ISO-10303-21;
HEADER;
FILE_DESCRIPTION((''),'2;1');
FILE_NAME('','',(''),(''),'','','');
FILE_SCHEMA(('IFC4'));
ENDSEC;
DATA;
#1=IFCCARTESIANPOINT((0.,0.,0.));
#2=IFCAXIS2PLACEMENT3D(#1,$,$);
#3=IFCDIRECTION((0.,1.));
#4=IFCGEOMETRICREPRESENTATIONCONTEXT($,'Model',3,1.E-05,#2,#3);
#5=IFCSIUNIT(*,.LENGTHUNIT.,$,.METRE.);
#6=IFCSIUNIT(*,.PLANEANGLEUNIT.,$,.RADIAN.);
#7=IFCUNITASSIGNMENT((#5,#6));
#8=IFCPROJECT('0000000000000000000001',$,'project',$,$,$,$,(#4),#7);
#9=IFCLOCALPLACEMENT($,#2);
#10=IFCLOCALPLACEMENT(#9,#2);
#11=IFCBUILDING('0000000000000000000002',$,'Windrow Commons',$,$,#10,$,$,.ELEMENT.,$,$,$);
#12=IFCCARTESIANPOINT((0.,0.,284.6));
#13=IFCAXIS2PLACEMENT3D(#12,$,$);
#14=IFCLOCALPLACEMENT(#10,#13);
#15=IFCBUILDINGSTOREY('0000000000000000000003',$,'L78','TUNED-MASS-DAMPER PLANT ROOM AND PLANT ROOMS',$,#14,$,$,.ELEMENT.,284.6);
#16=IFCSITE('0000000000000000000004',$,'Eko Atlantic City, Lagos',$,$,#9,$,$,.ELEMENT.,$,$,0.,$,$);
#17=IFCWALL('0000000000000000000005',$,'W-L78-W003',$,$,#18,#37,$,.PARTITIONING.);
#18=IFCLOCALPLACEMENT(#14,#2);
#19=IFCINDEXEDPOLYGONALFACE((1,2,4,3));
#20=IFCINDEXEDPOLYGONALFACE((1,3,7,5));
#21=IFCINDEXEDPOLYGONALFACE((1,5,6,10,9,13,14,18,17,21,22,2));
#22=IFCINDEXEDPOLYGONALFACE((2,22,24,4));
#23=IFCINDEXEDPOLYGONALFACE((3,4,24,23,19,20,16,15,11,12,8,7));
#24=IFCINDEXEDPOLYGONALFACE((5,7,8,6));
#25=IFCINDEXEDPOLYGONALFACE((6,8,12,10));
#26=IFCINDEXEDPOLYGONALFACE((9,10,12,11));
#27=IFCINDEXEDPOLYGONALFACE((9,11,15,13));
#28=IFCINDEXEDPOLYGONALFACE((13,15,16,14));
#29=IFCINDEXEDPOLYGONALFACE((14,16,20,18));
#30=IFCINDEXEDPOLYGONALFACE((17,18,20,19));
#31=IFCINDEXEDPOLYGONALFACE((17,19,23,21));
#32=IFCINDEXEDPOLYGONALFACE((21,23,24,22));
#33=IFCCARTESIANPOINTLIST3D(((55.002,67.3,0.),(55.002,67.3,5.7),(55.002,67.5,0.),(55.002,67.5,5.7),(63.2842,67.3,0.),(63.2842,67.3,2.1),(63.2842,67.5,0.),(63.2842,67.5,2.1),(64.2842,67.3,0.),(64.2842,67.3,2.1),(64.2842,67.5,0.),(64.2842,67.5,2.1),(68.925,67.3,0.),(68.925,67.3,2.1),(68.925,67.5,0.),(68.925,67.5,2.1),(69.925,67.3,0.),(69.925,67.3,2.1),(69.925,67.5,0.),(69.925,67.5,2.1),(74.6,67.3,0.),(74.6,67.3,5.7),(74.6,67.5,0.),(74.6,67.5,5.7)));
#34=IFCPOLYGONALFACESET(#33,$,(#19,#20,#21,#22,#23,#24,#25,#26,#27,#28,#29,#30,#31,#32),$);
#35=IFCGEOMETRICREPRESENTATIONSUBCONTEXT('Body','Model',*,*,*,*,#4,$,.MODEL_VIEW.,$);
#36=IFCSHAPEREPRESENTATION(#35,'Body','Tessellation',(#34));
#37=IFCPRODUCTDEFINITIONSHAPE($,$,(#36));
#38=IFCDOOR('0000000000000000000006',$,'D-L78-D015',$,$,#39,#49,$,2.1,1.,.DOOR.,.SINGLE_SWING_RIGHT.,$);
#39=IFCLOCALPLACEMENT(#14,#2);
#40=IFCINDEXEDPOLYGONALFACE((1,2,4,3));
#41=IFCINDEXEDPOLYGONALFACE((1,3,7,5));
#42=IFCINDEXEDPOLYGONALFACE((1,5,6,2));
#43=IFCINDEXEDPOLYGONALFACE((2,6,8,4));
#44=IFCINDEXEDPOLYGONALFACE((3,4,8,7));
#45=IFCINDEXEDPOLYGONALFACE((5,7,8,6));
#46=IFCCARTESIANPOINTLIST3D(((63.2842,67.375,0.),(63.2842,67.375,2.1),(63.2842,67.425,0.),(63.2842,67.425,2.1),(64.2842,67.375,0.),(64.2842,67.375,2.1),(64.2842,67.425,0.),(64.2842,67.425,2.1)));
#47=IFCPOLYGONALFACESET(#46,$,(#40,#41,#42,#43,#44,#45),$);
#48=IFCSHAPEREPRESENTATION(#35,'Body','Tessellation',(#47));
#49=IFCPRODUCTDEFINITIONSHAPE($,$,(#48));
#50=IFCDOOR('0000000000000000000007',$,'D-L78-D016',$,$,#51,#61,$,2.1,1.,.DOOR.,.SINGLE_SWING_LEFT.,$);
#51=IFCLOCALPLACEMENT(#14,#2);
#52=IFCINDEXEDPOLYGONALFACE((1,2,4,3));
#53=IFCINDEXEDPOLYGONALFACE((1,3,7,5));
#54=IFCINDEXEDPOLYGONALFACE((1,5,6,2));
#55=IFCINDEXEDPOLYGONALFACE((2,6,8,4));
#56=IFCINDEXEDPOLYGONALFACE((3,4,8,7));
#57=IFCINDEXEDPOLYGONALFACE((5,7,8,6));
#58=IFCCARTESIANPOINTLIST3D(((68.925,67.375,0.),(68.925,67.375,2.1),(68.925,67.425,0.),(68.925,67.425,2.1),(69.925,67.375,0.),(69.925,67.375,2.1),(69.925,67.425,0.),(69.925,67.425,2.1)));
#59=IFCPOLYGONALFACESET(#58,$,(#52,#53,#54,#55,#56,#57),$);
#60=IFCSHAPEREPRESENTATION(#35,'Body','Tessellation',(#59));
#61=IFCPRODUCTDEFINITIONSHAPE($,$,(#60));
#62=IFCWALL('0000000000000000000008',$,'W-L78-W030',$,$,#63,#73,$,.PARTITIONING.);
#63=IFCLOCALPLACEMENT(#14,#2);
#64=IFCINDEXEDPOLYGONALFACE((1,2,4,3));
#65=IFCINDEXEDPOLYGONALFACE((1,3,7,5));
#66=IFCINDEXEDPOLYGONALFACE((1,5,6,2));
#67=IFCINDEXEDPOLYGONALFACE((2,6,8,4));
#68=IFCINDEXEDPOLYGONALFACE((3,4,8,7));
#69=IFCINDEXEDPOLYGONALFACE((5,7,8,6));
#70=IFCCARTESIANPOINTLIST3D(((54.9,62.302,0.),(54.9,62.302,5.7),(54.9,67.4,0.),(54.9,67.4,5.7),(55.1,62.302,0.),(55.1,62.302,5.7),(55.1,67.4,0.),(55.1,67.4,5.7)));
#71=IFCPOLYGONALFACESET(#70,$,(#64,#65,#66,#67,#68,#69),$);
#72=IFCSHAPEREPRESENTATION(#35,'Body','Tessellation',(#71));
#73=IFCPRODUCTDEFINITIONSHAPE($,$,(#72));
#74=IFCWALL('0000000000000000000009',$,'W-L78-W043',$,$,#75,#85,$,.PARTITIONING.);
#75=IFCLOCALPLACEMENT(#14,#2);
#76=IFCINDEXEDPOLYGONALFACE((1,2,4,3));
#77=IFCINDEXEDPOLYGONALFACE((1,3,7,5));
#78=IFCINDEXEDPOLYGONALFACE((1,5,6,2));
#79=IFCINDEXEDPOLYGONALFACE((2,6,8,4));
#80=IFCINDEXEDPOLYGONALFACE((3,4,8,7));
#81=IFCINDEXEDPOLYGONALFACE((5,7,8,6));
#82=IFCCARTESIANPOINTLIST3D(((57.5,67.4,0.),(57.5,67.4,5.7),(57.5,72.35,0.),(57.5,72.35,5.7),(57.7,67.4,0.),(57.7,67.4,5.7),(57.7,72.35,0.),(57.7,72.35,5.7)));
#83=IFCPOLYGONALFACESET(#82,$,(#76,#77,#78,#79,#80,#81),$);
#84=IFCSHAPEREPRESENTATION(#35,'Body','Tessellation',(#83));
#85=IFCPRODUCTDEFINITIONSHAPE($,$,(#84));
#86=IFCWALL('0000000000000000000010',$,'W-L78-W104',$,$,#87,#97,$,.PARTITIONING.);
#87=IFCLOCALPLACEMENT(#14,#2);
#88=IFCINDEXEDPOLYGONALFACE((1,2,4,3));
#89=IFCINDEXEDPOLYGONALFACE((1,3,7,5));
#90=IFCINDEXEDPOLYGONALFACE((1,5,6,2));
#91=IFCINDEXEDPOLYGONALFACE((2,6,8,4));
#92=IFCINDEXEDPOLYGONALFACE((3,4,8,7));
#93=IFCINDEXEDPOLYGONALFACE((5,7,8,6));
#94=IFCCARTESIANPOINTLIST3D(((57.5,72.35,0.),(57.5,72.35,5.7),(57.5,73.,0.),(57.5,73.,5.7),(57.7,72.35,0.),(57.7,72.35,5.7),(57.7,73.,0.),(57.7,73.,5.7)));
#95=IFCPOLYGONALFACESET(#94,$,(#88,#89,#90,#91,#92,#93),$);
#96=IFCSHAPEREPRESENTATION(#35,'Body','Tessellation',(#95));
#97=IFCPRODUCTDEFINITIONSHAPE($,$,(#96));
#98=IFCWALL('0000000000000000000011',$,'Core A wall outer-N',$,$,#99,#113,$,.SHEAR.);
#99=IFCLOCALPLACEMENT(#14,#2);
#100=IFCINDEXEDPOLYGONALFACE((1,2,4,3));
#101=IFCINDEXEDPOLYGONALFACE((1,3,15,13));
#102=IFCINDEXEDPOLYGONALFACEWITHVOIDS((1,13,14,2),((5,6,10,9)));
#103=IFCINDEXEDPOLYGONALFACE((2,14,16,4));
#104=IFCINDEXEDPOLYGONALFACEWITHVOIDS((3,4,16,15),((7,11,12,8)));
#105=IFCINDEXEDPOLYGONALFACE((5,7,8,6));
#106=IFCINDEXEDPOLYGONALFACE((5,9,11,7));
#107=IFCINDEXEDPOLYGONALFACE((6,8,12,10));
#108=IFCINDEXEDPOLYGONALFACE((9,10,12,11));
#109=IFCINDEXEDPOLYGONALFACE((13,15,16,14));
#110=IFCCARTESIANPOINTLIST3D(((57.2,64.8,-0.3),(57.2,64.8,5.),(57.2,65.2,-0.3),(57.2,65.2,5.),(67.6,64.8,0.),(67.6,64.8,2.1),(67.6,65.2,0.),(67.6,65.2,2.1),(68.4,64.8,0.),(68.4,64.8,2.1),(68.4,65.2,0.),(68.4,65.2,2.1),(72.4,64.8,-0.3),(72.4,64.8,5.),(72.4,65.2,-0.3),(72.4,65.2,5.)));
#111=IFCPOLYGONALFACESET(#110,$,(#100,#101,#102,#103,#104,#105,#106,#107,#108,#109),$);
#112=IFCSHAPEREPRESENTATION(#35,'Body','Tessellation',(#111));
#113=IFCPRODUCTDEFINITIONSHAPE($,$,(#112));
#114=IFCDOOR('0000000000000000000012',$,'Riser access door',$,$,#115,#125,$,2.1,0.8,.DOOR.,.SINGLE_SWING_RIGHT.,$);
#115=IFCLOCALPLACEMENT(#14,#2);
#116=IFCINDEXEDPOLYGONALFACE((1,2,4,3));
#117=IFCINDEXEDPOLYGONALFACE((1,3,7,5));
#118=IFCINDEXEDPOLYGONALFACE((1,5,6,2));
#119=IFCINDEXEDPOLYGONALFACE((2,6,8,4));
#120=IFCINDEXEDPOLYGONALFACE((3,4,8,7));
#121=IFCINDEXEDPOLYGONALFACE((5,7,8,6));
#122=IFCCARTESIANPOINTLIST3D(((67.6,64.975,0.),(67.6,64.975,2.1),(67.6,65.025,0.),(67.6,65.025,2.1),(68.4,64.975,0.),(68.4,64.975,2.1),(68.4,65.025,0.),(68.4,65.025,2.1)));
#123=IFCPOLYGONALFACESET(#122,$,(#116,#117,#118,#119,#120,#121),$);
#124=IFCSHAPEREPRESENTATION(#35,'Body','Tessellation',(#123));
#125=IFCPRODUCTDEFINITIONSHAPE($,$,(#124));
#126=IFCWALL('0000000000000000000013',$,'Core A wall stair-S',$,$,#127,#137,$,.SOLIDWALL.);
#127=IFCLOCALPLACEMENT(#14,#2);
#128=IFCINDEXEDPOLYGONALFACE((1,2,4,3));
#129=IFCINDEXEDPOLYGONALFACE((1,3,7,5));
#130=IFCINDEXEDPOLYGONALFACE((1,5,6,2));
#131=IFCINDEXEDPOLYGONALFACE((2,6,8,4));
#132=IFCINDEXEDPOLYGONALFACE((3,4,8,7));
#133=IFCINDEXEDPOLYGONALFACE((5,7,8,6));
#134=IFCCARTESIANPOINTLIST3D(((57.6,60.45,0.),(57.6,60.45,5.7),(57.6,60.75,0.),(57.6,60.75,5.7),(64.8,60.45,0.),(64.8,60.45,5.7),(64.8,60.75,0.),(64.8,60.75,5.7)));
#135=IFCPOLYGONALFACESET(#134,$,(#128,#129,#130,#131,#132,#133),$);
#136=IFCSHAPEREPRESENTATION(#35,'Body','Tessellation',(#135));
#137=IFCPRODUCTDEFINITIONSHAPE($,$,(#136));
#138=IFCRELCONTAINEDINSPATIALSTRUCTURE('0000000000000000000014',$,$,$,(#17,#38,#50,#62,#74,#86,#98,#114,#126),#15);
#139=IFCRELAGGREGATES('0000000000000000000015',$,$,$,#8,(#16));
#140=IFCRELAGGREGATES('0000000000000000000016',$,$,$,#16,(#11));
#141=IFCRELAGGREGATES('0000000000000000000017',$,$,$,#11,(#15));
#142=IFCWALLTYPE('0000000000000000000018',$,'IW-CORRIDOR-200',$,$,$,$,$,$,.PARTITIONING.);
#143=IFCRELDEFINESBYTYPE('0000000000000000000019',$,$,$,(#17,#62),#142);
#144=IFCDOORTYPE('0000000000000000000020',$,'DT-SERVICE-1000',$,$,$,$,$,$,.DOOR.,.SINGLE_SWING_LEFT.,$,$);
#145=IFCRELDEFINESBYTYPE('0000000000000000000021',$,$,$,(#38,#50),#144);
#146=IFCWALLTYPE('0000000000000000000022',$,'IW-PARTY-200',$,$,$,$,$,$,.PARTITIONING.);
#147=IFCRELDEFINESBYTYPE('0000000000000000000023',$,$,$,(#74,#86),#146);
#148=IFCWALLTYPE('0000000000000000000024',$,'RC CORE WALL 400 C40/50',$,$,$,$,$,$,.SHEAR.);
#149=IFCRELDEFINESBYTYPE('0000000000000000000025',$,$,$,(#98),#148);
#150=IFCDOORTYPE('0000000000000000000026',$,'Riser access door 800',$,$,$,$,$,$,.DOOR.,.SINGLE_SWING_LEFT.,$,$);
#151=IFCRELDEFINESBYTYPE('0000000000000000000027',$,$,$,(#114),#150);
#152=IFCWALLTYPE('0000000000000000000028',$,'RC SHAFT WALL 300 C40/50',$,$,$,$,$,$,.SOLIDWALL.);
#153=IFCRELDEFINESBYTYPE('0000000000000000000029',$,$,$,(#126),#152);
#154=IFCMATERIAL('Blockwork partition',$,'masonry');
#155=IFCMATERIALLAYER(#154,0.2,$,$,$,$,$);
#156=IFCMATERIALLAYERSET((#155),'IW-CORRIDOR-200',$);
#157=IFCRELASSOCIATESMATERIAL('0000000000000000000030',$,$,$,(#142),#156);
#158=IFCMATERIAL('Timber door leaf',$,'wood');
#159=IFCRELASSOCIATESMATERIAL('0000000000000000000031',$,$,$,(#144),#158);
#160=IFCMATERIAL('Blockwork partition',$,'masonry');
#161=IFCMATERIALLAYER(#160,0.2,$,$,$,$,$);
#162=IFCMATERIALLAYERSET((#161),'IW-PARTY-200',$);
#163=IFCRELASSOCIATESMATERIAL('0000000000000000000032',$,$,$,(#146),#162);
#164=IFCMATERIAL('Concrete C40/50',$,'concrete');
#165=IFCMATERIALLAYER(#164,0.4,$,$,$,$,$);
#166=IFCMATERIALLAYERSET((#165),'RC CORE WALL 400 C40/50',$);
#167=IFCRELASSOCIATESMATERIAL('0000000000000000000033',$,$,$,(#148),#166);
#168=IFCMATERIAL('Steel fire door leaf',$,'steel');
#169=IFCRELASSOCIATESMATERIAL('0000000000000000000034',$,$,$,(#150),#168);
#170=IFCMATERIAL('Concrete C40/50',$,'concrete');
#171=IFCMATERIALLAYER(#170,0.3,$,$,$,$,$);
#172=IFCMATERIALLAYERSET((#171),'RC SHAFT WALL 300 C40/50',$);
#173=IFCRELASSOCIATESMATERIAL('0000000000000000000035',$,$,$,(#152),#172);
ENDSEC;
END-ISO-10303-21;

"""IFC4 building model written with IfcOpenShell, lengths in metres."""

from ifc_helpers import new_model, si_unit, direction, frame, frame_2d, origin, place, context, subcontext, project, spatial, rectangle, extrude, material, layer, layer_set, type_object, element, fill, save


model = new_model("IFC4")

# Units and contexts
model_context = context("Model", 3, precision=1e-05, world=origin(), true_north=direction((0.0, 1.0)))
body_context = subcontext(model_context, "Body", "Model", "MODEL_VIEW")
ifc_project = project(units=[si_unit("LENGTHUNIT", "METRE"), si_unit("PLANEANGLEUNIT", "RADIAN")], contexts=[model_context])

# Site, building, storey
site_placement = place(None, origin())
site = spatial("IfcSite", under=ifc_project, at=site_placement, Name="Eko Atlantic City, Lagos", CompositionType="ELEMENT", RefElevation=0.0)
building_placement = place(site_placement, origin())
building = spatial("IfcBuilding", under=site, at=building_placement, Name="Windrow Commons", CompositionType="ELEMENT")
storey_placement = place(building_placement, frame((0.0, 0.0, 284.6)))
storey = spatial("IfcBuildingStorey", under=building, at=storey_placement, Name="L78", Description="TUNED-MASS-DAMPER PLANT ROOM AND PLANT ROOMS", CompositionType="ELEMENT", Elevation=284.6)

# Wall, openings, doors
ifc_material_1 = material(Name="Blockwork partition", Category="masonry")
ifc_layer_1 = layer(ifc_material_1, 0.2)
ifc_layer_set_1 = layer_set([ifc_layer_1], Name="IW-CORRIDOR-200")
wall_type_1 = type_object("IfcWallType", Name="IW-CORRIDOR-200", PredefinedType="PARTITIONING", material=ifc_layer_set_1)
wall_1_placement = place(storey_placement, frame((55.002, 67.4, 0.0), z_axis=(0.0, 0.0, 1.0), x_axis=(1.0, 0.0, 0.0)))
wall_1 = element("IfcWall", 1, at=wall_1_placement, inside=storey, type_object=wall_type_1, Name="W-L78-W003", PredefinedType="PARTITIONING", context=body_context, shape_type="SweptSolid", body=[
    extrude(rectangle(XDim=19.598, YDim=0.2, at=frame_2d((9.799, 0.0))), origin(), (0.0, 0.0, 1.0), 5.7),
])
opening_1_placement = place(wall_1_placement, frame((8.2822, 0.0, 0.0)))
opening_1 = element("IfcOpeningElement", 2, at=opening_1_placement, cuts=wall_1, PredefinedType="OPENING", context=body_context, shape_type="SweptSolid", body=[
    extrude(rectangle(XDim=1.0, YDim=2.1, at=frame_2d((0.5, 1.05))), frame((0.0, 0.11, 0.0), z_axis=(0.0, -1.0, 0.0), x_axis=(1.0, 0.0, 0.0)), (0.0, 0.0, 1.0), 0.22),
])
opening_2_placement = place(wall_1_placement, frame((13.923, 0.0, 0.0)))
opening_2 = element("IfcOpeningElement", 3, at=opening_2_placement, cuts=wall_1, PredefinedType="OPENING", context=body_context, shape_type="SweptSolid", body=[
    extrude(rectangle(XDim=1.0, YDim=2.1, at=frame_2d((0.5, 1.05))), frame((0.0, 0.11, 0.0), z_axis=(0.0, -1.0, 0.0), x_axis=(1.0, 0.0, 0.0)), (0.0, 0.0, 1.0), 0.22),
])
ifc_material_2 = material(Name="Timber door leaf", Category="wood")
door_type_1 = type_object("IfcDoorType", Name="DT-SERVICE-1000", OperationType="SINGLE_SWING_LEFT", PredefinedType="DOOR", material=ifc_material_2)
door_1_placement = place(opening_1_placement, origin())
door_1 = element("IfcDoor", 4, at=door_1_placement, inside=storey, type_object=door_type_1, Name="D-L78-D015", OperationType="SINGLE_SWING_RIGHT", OverallHeight=2.1, OverallWidth=1.0, PredefinedType="DOOR", context=body_context, shape_type="SweptSolid", body=[
    extrude(rectangle(XDim=1.0, YDim=2.1, at=frame_2d((0.5, 1.05))), frame((0.0, 0.025, 0.0), z_axis=(0.0, -1.0, 0.0), x_axis=(1.0, 0.0, 0.0)), (0.0, 0.0, 1.0), 0.05),
])
fill(opening_1, door_1)
door_2_placement = place(opening_2_placement, origin())
door_2 = element("IfcDoor", 5, at=door_2_placement, inside=storey, type_object=door_type_1, Name="D-L78-D016", OperationType="SINGLE_SWING_LEFT", OverallHeight=2.1, OverallWidth=1.0, PredefinedType="DOOR", context=body_context, shape_type="SweptSolid", body=[
    extrude(rectangle(XDim=1.0, YDim=2.1, at=frame_2d((0.5, 1.05))), frame((0.0, 0.025, 0.0), z_axis=(0.0, -1.0, 0.0), x_axis=(1.0, 0.0, 0.0)), (0.0, 0.0, 1.0), 0.05),
])
fill(opening_2, door_2)

# Walls
wall_2_placement = place(storey_placement, frame((55.0, 62.302, 0.0), z_axis=(0.0, 0.0, 1.0), x_axis=(0.0, 1.0, 0.0)))
element("IfcWall", 6, at=wall_2_placement, inside=storey, type_object=wall_type_1, Name="W-L78-W030", PredefinedType="PARTITIONING", context=body_context, shape_type="SweptSolid", body=[
    extrude(rectangle(XDim=5.098, YDim=0.2, at=frame_2d((2.549, 0.0))), origin(), (0.0, 0.0, 1.0), 5.7),
])
ifc_material_3 = material(Name="Blockwork partition", Category="masonry")
ifc_layer_2 = layer(ifc_material_3, 0.2)
ifc_layer_set_2 = layer_set([ifc_layer_2], Name="IW-PARTY-200")
wall_type_2 = type_object("IfcWallType", Name="IW-PARTY-200", PredefinedType="PARTITIONING", material=ifc_layer_set_2)
wall_3_placement = place(storey_placement, frame((57.6, 67.4, 0.0), z_axis=(0.0, 0.0, 1.0), x_axis=(0.0, 1.0, 0.0)))
element("IfcWall", 7, at=wall_3_placement, inside=storey, type_object=wall_type_2, Name="W-L78-W043", PredefinedType="PARTITIONING", context=body_context, shape_type="SweptSolid", body=[
    extrude(rectangle(XDim=4.95, YDim=0.2, at=frame_2d((2.475, 0.0))), origin(), (0.0, 0.0, 1.0), 5.7),
])
wall_4_placement = place(storey_placement, frame((57.6, 72.35, 0.0), z_axis=(0.0, 0.0, 1.0), x_axis=(0.0, 1.0, 0.0)))
element("IfcWall", 8, at=wall_4_placement, inside=storey, type_object=wall_type_2, Name="W-L78-W104", PredefinedType="PARTITIONING", context=body_context, shape_type="SweptSolid", body=[
    extrude(rectangle(XDim=0.65, YDim=0.2, at=frame_2d((0.325, 0.0))), origin(), (0.0, 0.0, 1.0), 5.7),
])

# Wall, opening, door
ifc_material_4 = material(Name="Concrete C40/50", Category="concrete")
ifc_layer_3 = layer(ifc_material_4, 0.4)
ifc_layer_set_3 = layer_set([ifc_layer_3], Name="RC CORE WALL 400 C40/50")
wall_type_3 = type_object("IfcWallType", Name="RC CORE WALL 400 C40/50", PredefinedType="SHEAR", material=ifc_layer_set_3)
wall_5_placement = place(storey_placement, frame((57.2, 65.0, -0.3), z_axis=(0.0, 0.0, 1.0), x_axis=(1.0, 0.0, 0.0)))
wall_5 = element("IfcWall", 9, at=wall_5_placement, inside=storey, type_object=wall_type_3, Name="Core A wall outer-N", PredefinedType="SHEAR", context=body_context, shape_type="SweptSolid", body=[
    extrude(rectangle(XDim=15.2, YDim=0.4, at=frame_2d((7.6, 0.0))), origin(), (0.0, 0.0, 1.0), 5.3),
])
opening_3_placement = place(wall_5_placement, frame((10.4, 0.0, 0.3)))
opening_3 = element("IfcOpeningElement", 10, at=opening_3_placement, cuts=wall_5, PredefinedType="OPENING", context=body_context, shape_type="SweptSolid", body=[
    extrude(rectangle(XDim=0.8, YDim=2.1, at=frame_2d((0.4, 1.05))), frame((0.0, 0.21, 0.0), z_axis=(0.0, -1.0, 0.0), x_axis=(1.0, 0.0, 0.0)), (0.0, 0.0, 1.0), 0.42),
])
ifc_material_5 = material(Name="Steel fire door leaf", Category="steel")
door_type_2 = type_object("IfcDoorType", Name="Riser access door 800", OperationType="SINGLE_SWING_LEFT", PredefinedType="DOOR", material=ifc_material_5)
door_3_placement = place(opening_3_placement, origin())
door_3 = element("IfcDoor", 11, at=door_3_placement, inside=storey, type_object=door_type_2, Name="Riser access door", OperationType="SINGLE_SWING_RIGHT", OverallHeight=2.1, OverallWidth=0.8, PredefinedType="DOOR", context=body_context, shape_type="SweptSolid", body=[
    extrude(rectangle(XDim=0.8, YDim=2.1, at=frame_2d((0.4, 1.05))), frame((0.0, 0.025, 0.0), z_axis=(0.0, -1.0, 0.0), x_axis=(1.0, 0.0, 0.0)), (0.0, 0.0, 1.0), 0.05),
])
fill(opening_3, door_3)

# Wall
ifc_material_6 = material(Name="Concrete C40/50", Category="concrete")
ifc_layer_4 = layer(ifc_material_6, 0.3)
ifc_layer_set_4 = layer_set([ifc_layer_4], Name="RC SHAFT WALL 300 C40/50")
wall_type_4 = type_object("IfcWallType", Name="RC SHAFT WALL 300 C40/50", PredefinedType="SOLIDWALL", material=ifc_layer_set_4)
wall_6_placement = place(storey_placement, frame((57.6, 60.6, 0.0), z_axis=(0.0, 0.0, 1.0), x_axis=(1.0, 0.0, 0.0)))
element("IfcWall", 12, at=wall_6_placement, inside=storey, type_object=wall_type_4, Name="Core A wall stair-S", PredefinedType="SOLIDWALL", context=body_context, shape_type="SweptSolid", body=[
    extrude(rectangle(XDim=7.2, YDim=0.3, at=frame_2d((3.6, 0.0))), origin(), (0.0, 0.0, 1.0), 5.7),
])

save(model, "model.ifc")
